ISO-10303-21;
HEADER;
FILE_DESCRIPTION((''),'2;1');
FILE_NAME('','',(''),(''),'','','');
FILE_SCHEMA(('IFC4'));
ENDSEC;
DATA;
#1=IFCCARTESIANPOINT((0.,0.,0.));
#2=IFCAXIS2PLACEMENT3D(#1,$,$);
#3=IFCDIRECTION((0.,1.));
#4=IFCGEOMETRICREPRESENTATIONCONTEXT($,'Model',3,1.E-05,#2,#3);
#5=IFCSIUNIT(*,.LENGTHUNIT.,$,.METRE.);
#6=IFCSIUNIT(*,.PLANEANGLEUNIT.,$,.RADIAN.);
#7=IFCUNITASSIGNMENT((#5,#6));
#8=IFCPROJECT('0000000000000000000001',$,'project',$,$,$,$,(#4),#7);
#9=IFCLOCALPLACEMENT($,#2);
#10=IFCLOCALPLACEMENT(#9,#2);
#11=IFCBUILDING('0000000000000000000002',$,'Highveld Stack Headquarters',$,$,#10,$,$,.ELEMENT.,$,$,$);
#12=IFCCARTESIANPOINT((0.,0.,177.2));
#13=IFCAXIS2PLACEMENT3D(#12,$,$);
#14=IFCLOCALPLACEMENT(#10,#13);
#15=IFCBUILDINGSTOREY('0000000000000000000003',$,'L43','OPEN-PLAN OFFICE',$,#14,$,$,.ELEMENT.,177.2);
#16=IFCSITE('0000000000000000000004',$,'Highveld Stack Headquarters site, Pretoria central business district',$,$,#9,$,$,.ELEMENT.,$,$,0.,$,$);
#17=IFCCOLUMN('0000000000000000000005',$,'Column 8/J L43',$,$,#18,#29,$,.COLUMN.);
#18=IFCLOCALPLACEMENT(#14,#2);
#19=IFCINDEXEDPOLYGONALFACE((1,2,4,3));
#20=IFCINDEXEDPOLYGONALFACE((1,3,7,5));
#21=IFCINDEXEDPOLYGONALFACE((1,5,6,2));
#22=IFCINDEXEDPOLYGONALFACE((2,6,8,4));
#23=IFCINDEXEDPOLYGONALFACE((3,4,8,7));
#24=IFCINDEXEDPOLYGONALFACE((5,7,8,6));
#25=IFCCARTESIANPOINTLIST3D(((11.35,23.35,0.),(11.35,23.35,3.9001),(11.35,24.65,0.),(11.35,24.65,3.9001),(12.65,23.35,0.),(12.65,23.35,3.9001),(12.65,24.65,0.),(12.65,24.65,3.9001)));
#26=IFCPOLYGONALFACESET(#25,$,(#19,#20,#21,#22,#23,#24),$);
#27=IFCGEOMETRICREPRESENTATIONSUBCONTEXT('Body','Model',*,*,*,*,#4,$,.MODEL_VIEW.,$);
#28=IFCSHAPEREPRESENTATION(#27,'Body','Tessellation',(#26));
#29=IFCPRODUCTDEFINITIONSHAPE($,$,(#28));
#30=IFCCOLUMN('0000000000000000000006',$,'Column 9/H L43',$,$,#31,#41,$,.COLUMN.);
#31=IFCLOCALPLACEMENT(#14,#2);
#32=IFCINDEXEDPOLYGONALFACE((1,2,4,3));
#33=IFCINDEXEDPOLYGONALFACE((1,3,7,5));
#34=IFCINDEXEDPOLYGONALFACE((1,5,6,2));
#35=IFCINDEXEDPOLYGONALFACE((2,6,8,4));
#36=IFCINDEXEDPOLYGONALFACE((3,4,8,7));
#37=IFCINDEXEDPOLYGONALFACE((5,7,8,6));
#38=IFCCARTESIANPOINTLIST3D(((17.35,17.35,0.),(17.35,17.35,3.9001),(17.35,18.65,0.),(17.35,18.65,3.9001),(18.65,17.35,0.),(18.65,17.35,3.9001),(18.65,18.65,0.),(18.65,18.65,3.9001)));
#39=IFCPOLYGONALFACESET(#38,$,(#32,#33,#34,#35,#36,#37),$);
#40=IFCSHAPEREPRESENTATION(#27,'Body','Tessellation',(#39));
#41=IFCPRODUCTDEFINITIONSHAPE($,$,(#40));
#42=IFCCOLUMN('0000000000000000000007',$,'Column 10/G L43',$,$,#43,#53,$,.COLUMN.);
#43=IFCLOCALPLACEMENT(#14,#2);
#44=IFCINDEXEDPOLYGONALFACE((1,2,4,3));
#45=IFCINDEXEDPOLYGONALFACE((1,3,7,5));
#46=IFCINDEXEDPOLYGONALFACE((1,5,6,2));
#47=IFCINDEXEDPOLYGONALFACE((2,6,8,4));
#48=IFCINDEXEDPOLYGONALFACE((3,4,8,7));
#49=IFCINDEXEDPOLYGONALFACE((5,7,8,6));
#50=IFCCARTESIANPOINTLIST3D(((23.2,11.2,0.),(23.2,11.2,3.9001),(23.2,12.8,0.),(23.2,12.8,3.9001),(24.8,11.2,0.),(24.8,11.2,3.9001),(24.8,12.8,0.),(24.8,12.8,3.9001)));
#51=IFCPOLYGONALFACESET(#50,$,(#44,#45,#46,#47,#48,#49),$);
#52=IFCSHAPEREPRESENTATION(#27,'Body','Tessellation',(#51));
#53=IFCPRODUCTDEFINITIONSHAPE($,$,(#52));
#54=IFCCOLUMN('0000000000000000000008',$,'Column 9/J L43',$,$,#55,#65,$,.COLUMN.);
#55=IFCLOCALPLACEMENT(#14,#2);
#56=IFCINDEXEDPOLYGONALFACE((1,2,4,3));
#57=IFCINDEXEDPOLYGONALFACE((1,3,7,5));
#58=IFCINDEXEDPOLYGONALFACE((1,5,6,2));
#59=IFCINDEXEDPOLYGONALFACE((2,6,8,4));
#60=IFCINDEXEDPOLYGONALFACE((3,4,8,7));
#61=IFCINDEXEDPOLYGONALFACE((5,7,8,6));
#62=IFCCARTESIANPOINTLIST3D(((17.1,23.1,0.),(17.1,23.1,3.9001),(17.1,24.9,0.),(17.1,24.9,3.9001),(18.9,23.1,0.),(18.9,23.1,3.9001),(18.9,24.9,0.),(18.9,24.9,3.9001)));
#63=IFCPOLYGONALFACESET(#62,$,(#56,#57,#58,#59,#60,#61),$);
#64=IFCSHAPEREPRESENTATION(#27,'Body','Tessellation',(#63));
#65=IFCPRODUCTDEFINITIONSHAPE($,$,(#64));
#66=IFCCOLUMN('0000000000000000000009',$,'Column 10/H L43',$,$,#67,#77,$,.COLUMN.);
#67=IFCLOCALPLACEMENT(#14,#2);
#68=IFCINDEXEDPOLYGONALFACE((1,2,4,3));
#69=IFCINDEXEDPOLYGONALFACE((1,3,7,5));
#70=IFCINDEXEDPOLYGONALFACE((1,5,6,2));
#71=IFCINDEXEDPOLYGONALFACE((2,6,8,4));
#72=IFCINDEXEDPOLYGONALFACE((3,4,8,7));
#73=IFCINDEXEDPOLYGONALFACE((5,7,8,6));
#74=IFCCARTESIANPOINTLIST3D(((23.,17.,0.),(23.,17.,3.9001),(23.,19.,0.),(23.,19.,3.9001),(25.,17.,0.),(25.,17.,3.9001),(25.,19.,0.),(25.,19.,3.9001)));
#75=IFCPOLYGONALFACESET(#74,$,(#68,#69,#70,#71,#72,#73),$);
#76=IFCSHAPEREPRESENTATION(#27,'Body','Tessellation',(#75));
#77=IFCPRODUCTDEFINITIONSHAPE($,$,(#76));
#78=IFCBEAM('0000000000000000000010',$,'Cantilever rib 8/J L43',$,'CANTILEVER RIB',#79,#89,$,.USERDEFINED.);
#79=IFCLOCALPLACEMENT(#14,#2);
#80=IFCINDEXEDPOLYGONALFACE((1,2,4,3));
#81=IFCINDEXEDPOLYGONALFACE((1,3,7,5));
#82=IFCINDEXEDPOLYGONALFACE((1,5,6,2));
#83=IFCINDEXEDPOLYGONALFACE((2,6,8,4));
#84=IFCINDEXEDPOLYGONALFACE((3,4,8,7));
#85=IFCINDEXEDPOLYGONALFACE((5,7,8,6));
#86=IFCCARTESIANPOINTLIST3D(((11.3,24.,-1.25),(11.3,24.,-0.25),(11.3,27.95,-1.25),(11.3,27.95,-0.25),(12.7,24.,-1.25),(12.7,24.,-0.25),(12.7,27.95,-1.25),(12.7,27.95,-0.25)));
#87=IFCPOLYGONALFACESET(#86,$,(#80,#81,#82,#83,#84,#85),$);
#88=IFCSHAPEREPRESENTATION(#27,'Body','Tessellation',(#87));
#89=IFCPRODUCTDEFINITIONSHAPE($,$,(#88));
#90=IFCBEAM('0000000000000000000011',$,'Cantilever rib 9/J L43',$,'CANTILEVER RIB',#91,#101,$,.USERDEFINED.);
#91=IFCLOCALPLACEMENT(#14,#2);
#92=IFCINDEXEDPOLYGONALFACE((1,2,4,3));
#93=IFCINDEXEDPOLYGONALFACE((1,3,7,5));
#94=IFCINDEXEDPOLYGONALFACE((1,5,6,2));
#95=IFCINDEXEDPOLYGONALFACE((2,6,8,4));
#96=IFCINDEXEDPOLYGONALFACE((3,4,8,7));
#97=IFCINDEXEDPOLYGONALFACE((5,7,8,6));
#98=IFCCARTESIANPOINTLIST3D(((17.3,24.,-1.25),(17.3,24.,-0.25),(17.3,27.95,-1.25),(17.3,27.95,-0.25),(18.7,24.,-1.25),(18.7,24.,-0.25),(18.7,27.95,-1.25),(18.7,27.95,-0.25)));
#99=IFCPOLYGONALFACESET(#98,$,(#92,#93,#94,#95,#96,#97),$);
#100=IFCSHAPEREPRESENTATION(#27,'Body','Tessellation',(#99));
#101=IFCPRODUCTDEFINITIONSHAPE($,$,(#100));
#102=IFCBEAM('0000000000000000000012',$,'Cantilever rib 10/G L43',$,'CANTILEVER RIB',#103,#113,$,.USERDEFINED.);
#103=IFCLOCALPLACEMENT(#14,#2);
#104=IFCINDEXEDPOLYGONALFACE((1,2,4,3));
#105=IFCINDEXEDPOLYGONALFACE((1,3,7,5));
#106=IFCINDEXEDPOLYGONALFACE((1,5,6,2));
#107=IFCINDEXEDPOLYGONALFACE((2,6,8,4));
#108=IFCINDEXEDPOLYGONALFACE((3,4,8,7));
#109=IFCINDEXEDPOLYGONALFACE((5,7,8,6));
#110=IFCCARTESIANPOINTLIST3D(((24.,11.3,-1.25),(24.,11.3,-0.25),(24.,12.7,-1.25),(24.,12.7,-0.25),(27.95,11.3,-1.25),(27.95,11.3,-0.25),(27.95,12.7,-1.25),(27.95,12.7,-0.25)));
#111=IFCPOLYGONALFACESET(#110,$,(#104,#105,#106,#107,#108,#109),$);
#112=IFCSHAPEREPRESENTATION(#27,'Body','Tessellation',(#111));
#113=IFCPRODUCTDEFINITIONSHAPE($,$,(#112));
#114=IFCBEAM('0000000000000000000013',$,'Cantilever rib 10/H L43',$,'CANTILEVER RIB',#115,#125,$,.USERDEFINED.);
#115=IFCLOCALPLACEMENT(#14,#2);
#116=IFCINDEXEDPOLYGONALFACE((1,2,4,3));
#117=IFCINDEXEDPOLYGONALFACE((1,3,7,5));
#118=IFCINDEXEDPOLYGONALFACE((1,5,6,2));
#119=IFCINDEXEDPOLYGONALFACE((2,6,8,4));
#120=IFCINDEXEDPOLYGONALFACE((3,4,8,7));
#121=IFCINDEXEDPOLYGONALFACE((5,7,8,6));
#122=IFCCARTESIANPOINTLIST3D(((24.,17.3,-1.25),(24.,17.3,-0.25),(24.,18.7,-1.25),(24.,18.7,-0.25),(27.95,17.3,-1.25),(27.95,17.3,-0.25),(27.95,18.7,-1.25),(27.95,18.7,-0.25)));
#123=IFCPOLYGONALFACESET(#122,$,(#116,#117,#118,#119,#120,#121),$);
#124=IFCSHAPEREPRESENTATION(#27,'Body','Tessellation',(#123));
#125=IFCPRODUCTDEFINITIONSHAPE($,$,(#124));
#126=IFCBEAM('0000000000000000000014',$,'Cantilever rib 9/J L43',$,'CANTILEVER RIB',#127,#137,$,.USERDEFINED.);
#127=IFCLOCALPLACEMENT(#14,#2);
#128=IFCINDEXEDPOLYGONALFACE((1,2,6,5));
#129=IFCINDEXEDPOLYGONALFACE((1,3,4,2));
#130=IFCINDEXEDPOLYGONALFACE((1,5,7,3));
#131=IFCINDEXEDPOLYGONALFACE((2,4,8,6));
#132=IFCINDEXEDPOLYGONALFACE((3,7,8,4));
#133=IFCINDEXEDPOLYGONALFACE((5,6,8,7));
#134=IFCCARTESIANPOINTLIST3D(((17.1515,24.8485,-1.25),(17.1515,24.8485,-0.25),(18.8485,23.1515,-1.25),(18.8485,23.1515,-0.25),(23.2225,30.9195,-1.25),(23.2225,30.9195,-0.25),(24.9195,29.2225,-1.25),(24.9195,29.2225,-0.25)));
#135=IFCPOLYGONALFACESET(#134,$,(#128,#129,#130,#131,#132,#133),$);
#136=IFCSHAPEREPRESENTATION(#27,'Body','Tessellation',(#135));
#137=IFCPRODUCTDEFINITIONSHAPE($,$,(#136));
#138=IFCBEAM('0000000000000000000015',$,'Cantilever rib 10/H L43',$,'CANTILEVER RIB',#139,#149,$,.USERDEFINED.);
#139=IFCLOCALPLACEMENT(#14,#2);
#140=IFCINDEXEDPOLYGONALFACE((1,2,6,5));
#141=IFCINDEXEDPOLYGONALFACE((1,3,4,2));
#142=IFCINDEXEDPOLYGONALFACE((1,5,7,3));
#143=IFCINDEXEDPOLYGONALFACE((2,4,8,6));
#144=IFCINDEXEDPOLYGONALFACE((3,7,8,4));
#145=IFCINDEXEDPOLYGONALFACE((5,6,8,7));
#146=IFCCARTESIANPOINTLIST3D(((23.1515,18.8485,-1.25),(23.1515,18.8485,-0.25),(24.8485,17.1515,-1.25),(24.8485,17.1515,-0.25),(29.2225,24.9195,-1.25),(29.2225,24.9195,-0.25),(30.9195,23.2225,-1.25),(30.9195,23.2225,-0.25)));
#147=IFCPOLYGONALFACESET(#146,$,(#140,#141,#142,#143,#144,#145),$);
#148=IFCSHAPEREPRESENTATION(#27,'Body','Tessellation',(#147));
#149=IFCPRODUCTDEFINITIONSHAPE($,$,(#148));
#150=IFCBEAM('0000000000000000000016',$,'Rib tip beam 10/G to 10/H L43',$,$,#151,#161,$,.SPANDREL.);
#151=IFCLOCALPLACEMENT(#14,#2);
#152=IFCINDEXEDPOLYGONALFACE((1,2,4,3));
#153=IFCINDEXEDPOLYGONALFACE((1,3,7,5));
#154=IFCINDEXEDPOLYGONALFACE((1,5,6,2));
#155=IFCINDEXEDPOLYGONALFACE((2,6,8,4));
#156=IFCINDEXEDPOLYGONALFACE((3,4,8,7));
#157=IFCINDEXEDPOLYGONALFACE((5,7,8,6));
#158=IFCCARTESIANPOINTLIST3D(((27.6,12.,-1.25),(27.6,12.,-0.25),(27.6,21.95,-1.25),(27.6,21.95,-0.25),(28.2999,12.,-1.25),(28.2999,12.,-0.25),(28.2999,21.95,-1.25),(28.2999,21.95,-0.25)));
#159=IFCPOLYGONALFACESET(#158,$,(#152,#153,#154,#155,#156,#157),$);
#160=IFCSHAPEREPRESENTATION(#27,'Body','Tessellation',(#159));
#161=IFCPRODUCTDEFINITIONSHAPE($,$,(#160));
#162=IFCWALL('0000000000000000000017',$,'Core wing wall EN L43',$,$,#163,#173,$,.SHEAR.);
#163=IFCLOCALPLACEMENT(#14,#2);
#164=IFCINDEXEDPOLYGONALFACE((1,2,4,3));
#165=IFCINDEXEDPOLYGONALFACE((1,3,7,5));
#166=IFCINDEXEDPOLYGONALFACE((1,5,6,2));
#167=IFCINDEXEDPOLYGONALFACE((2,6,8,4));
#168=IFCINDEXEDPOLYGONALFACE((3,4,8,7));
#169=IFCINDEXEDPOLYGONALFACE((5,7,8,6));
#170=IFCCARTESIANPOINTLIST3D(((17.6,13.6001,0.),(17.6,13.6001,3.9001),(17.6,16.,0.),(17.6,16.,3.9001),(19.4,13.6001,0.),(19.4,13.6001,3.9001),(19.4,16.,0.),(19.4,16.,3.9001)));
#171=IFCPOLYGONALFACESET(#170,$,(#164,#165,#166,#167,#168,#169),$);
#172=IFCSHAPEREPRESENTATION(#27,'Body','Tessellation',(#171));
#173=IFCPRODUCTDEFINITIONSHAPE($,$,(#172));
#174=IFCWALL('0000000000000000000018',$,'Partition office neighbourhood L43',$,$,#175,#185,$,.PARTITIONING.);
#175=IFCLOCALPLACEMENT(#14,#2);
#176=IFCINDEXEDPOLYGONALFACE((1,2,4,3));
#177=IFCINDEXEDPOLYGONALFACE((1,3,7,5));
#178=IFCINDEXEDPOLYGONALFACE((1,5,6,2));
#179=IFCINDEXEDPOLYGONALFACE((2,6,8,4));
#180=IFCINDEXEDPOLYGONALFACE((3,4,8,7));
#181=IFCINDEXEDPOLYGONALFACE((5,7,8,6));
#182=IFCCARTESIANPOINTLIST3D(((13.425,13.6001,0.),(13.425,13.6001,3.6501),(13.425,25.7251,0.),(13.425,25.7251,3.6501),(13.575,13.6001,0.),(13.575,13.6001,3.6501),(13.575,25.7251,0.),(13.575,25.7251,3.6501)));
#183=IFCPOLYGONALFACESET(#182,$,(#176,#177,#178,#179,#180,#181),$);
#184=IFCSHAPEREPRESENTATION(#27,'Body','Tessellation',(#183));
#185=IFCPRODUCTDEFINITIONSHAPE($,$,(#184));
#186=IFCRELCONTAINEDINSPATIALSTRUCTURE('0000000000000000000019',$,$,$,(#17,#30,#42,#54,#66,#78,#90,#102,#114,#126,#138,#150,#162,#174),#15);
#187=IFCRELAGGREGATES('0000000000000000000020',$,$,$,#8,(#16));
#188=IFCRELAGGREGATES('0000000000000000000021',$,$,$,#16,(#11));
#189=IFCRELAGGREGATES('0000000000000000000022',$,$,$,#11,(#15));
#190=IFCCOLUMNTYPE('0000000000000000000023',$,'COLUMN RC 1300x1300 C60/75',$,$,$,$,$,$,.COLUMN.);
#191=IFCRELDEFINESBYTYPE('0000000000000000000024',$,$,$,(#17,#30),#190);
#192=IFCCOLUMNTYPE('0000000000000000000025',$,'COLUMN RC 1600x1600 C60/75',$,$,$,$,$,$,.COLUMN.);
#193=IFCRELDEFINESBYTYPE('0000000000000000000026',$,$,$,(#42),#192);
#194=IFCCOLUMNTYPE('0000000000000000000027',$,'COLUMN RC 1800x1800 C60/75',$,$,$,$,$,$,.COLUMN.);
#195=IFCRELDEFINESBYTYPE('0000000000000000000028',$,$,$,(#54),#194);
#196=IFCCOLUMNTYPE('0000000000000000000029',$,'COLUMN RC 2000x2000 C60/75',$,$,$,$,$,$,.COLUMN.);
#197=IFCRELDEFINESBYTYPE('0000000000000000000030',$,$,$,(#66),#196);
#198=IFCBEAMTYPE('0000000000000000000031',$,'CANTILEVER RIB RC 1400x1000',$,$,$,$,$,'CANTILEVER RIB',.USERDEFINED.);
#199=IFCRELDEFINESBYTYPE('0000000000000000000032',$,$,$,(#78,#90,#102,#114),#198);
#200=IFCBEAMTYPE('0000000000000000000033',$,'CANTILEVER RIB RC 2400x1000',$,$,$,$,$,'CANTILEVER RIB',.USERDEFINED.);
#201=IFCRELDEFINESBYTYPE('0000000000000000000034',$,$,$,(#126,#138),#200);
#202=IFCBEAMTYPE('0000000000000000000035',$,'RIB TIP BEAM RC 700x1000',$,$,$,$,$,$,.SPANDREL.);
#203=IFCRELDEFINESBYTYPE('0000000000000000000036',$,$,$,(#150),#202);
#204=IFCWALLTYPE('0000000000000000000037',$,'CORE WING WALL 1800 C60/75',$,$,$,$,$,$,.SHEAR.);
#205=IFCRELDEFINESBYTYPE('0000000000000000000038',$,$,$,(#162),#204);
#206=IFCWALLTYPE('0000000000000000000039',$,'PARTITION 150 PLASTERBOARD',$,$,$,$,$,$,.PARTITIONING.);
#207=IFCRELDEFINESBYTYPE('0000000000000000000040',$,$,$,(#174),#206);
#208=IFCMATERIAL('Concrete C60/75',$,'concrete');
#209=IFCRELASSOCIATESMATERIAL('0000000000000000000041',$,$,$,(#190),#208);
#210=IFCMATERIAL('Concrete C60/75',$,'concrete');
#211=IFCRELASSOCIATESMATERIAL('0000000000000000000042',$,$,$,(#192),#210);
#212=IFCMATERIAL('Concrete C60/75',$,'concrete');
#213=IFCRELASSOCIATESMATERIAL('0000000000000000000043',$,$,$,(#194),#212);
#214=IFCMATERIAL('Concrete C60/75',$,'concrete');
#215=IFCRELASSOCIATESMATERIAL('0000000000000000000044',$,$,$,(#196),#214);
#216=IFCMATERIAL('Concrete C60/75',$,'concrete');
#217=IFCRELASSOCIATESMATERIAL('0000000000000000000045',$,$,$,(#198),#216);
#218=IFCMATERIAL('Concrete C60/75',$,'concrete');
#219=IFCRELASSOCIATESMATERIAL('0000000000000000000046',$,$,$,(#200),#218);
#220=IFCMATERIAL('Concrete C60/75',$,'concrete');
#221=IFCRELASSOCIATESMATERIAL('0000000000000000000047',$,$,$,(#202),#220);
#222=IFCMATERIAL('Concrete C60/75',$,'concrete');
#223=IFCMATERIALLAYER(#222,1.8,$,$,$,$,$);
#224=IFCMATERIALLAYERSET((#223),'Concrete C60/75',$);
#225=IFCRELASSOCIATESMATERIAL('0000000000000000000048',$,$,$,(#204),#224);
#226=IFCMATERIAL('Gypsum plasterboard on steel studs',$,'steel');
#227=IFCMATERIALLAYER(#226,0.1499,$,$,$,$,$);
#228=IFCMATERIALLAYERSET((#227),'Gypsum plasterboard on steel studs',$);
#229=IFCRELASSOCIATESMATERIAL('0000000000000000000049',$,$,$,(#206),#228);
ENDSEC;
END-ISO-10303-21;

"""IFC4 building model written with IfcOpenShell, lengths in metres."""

from ifc_helpers import new_model, si_unit, direction, frame, frame_2d, origin, origin_2d, place, context, subcontext, project, spatial, rectangle, extrude, material, layer, layer_set, material_profile, profile_set, type_object, element, save


model = new_model("IFC4")

# Units and contexts
model_context = context("Model", 3, precision=1e-05, world=origin(), true_north=direction((0.0, 1.0)))
body_context = subcontext(model_context, "Body", "Model", "MODEL_VIEW")
ifc_project = project(units=[si_unit("LENGTHUNIT", "METRE"), si_unit("PLANEANGLEUNIT", "RADIAN")], contexts=[model_context])

# Site, building, storey
site_placement = place(None, origin())
site = spatial("IfcSite", under=ifc_project, at=site_placement, Name="Highveld Stack Headquarters site, Pretoria central business district", CompositionType="ELEMENT", RefElevation=0.0)
building_placement = place(site_placement, origin())
building = spatial("IfcBuilding", under=site, at=building_placement, Name="Highveld Stack Headquarters", CompositionType="ELEMENT")
storey_placement = place(building_placement, frame((0.0, 0.0, 177.2)))
storey = spatial("IfcBuildingStorey", under=building, at=storey_placement, Name="L43", Description="OPEN-PLAN OFFICE", CompositionType="ELEMENT", Elevation=177.2)

# Columns
ifc_material_1 = material(Name="Concrete C60/75", Category="concrete")
ifc_material_profile_1 = material_profile(ifc_material_1, rectangle(XDim=1.3, YDim=1.3, at=origin_2d()), Name="RC 1300x1300")
ifc_profile_set_1 = profile_set([ifc_material_profile_1], Name="Concrete C60/75")
column_type_1 = type_object("IfcColumnType", Name="COLUMN RC 1300x1300 C60/75", PredefinedType="COLUMN", material=ifc_profile_set_1)
for number, where, z_axis, x_axis, name in (
    (1, (12.0, 24.0, 0.0), (0.0, 0.0, 1.0), (1.0, 0.0, 0.0), "Column 8/J L43"),
    (2, (18.0, 18.0, 0.0), (0.0, 0.0, 1.0), (1.0, 0.0, 0.0), "Column 9/H L43"),
):
    element("IfcColumn", number, at=place(storey_placement, frame(where, z_axis=z_axis, x_axis=x_axis)), inside=storey, type_object=column_type_1, Name=name, PredefinedType="COLUMN", context=body_context, shape_type="SweptSolid", body=[
        extrude(rectangle(XDim=1.3, YDim=1.3, at=origin_2d()), origin(), (0.0, 0.0, 1.0), 3.9001),
    ])
ifc_material_2 = material(Name="Concrete C60/75", Category="concrete")
ifc_material_profile_2 = material_profile(ifc_material_2, rectangle(XDim=1.6001, YDim=1.6001, at=origin_2d()), Name="RC 1600x1600")
ifc_profile_set_2 = profile_set([ifc_material_profile_2], Name="Concrete C60/75")
column_type_2 = type_object("IfcColumnType", Name="COLUMN RC 1600x1600 C60/75", PredefinedType="COLUMN", material=ifc_profile_set_2)
column_1_placement = place(storey_placement, frame((24.0, 12.0, 0.0), z_axis=(0.0, 0.0, 1.0), x_axis=(1.0, 0.0, 0.0)))
element("IfcColumn", 3, at=column_1_placement, inside=storey, type_object=column_type_2, Name="Column 10/G L43", PredefinedType="COLUMN", context=body_context, shape_type="SweptSolid", body=[
    extrude(rectangle(XDim=1.6001, YDim=1.6001, at=origin_2d()), origin(), (0.0, 0.0, 1.0), 3.9001),
])
ifc_material_3 = material(Name="Concrete C60/75", Category="concrete")
ifc_material_profile_3 = material_profile(ifc_material_3, rectangle(XDim=1.8, YDim=1.8, at=origin_2d()), Name="RC 1800x1800")
ifc_profile_set_3 = profile_set([ifc_material_profile_3], Name="Concrete C60/75")
column_type_3 = type_object("IfcColumnType", Name="COLUMN RC 1800x1800 C60/75", PredefinedType="COLUMN", material=ifc_profile_set_3)
column_2_placement = place(storey_placement, frame((18.0, 24.0, 0.0), z_axis=(0.0, 0.0, 1.0), x_axis=(1.0, 0.0, 0.0)))
element("IfcColumn", 4, at=column_2_placement, inside=storey, type_object=column_type_3, Name="Column 9/J L43", PredefinedType="COLUMN", context=body_context, shape_type="SweptSolid", body=[
    extrude(rectangle(XDim=1.8, YDim=1.8, at=origin_2d()), origin(), (0.0, 0.0, 1.0), 3.9001),
])
ifc_material_4 = material(Name="Concrete C60/75", Category="concrete")
ifc_material_profile_4 = material_profile(ifc_material_4, rectangle(XDim=2.0, YDim=2.0, at=origin_2d()), Name="RC 2000x2000")
ifc_profile_set_4 = profile_set([ifc_material_profile_4], Name="Concrete C60/75")
column_type_4 = type_object("IfcColumnType", Name="COLUMN RC 2000x2000 C60/75", PredefinedType="COLUMN", material=ifc_profile_set_4)
column_3_placement = place(storey_placement, frame((24.0, 18.0, 0.0), z_axis=(0.0, 0.0, 1.0), x_axis=(1.0, 0.0, 0.0)))
element("IfcColumn", 5, at=column_3_placement, inside=storey, type_object=column_type_4, Name="Column 10/H L43", PredefinedType="COLUMN", context=body_context, shape_type="SweptSolid", body=[
    extrude(rectangle(XDim=2.0, YDim=2.0, at=origin_2d()), origin(), (0.0, 0.0, 1.0), 3.9001),
])

# Beams
ifc_material_5 = material(Name="Concrete C60/75", Category="concrete")
ifc_material_profile_5 = material_profile(ifc_material_5, rectangle(XDim=1.3999, YDim=1.0, at=origin_2d()), Name="RC 1400x1000")
ifc_profile_set_5 = profile_set([ifc_material_profile_5], Name="Concrete C60/75")
beam_type_1 = type_object("IfcBeamType", Name="CANTILEVER RIB RC 1400x1000", ElementType="CANTILEVER RIB", PredefinedType="USERDEFINED", material=ifc_profile_set_5)
for number, where, z_axis, x_axis, name in (
    (6, (12.0, 24.0, -0.75), (0.0, 1.0, 0.0), (-1.0, 0.0, 0.0), "Cantilever rib 8/J L43"),
    (7, (18.0, 24.0, -0.75), (0.0, 1.0, 0.0), (-1.0, 0.0, 0.0), "Cantilever rib 9/J L43"),
    (8, (24.0, 12.0, -0.75), (1.0, 0.0, 0.0), (0.0, 1.0, 0.0), "Cantilever rib 10/G L43"),
    (9, (24.0, 18.0, -0.75), (1.0, 0.0, 0.0), (0.0, 1.0, 0.0), "Cantilever rib 10/H L43"),
):
    element("IfcBeam", number, at=place(storey_placement, frame(where, z_axis=z_axis, x_axis=x_axis)), inside=storey, type_object=beam_type_1, Name=name, ObjectType="CANTILEVER RIB", PredefinedType="USERDEFINED", context=body_context, shape_type="SweptSolid", body=[
        extrude(rectangle(XDim=1.3999, YDim=1.0, at=origin_2d()), origin(), (0.0, 0.0, 1.0), 3.95),
    ])
ifc_material_6 = material(Name="Concrete C60/75", Category="concrete")
ifc_material_profile_6 = material_profile(ifc_material_6, rectangle(XDim=2.3999, YDim=1.0, at=origin_2d()), Name="RC 2400x1000")
ifc_profile_set_6 = profile_set([ifc_material_profile_6], Name="Concrete C60/75")
beam_type_2 = type_object("IfcBeamType", Name="CANTILEVER RIB RC 2400x1000", ElementType="CANTILEVER RIB", PredefinedType="USERDEFINED", material=ifc_profile_set_6)
for number, where, z_axis, x_axis, name in (
    (10, (18.0, 24.0, -0.75), (0.707107, 0.707107, 0.0), (-0.707107, 0.707107, 0.0), "Cantilever rib 9/J L43"),
    (11, (24.0, 18.0, -0.75), (0.707107, 0.707107, 0.0), (-0.707107, 0.707107, 0.0), "Cantilever rib 10/H L43"),
):
    element("IfcBeam", number, at=place(storey_placement, frame(where, z_axis=z_axis, x_axis=x_axis)), inside=storey, type_object=beam_type_2, Name=name, ObjectType="CANTILEVER RIB", PredefinedType="USERDEFINED", context=body_context, shape_type="SweptSolid", body=[
        extrude(rectangle(XDim=2.3999, YDim=1.0, at=origin_2d()), origin(), (0.0, 0.0, 1.0), 8.5857),
    ])
ifc_material_7 = material(Name="Concrete C60/75", Category="concrete")
ifc_material_profile_7 = material_profile(ifc_material_7, rectangle(XDim=0.7, YDim=1.0, at=origin_2d()), Name="RC 700x1000")
ifc_profile_set_7 = profile_set([ifc_material_profile_7], Name="Concrete C60/75")
beam_type_3 = type_object("IfcBeamType", Name="RIB TIP BEAM RC 700x1000", PredefinedType="SPANDREL", material=ifc_profile_set_7)
beam_placement = place(storey_placement, frame((27.95, 12.0, -0.75), z_axis=(0.0, 1.0, 0.0), x_axis=(-1.0, 0.0, 0.0)))
element("IfcBeam", 12, at=beam_placement, inside=storey, type_object=beam_type_3, Name="Rib tip beam 10/G to 10/H L43", PredefinedType="SPANDREL", context=body_context, shape_type="SweptSolid", body=[
    extrude(rectangle(XDim=0.7, YDim=1.0, at=origin_2d()), origin(), (0.0, 0.0, 1.0), 9.95),
])

# Walls
ifc_material_8 = material(Name="Concrete C60/75", Category="concrete")
ifc_layer_1 = layer(ifc_material_8, 1.8)
ifc_layer_set_1 = layer_set([ifc_layer_1], Name="Concrete C60/75")
wall_type_1 = type_object("IfcWallType", Name="CORE WING WALL 1800 C60/75", PredefinedType="SHEAR", material=ifc_layer_set_1)
wall_1_placement = place(storey_placement, frame((18.5, 13.6001, 0.0), z_axis=(0.0, 0.0, 1.0), x_axis=(0.0, 1.0, 0.0)))
element("IfcWall", 13, at=wall_1_placement, inside=storey, type_object=wall_type_1, Name="Core wing wall EN L43", PredefinedType="SHEAR", context=body_context, shape_type="SweptSolid", body=[
    extrude(rectangle(XDim=2.3999, YDim=1.8, at=frame_2d((1.2, 0.0))), origin(), (0.0, 0.0, 1.0), 3.9001),
])
ifc_material_9 = material(Name="Gypsum plasterboard on steel studs", Category="steel")
ifc_layer_2 = layer(ifc_material_9, 0.1499)
ifc_layer_set_2 = layer_set([ifc_layer_2], Name="Gypsum plasterboard on steel studs")
wall_type_2 = type_object("IfcWallType", Name="PARTITION 150 PLASTERBOARD", PredefinedType="PARTITIONING", material=ifc_layer_set_2)
wall_2_placement = place(storey_placement, frame((13.5, 13.6001, 0.0), z_axis=(0.0, 0.0, 1.0), x_axis=(0.0, 1.0, 0.0)))
element("IfcWall", 14, at=wall_2_placement, inside=storey, type_object=wall_type_2, Name="Partition office neighbourhood L43", PredefinedType="PARTITIONING", context=body_context, shape_type="SweptSolid", body=[
    extrude(rectangle(XDim=12.125, YDim=0.1499, at=frame_2d((6.0625, 0.0))), origin(), (0.0, 0.0, 1.0), 3.6501),
])

save(model, "model.ifc")
